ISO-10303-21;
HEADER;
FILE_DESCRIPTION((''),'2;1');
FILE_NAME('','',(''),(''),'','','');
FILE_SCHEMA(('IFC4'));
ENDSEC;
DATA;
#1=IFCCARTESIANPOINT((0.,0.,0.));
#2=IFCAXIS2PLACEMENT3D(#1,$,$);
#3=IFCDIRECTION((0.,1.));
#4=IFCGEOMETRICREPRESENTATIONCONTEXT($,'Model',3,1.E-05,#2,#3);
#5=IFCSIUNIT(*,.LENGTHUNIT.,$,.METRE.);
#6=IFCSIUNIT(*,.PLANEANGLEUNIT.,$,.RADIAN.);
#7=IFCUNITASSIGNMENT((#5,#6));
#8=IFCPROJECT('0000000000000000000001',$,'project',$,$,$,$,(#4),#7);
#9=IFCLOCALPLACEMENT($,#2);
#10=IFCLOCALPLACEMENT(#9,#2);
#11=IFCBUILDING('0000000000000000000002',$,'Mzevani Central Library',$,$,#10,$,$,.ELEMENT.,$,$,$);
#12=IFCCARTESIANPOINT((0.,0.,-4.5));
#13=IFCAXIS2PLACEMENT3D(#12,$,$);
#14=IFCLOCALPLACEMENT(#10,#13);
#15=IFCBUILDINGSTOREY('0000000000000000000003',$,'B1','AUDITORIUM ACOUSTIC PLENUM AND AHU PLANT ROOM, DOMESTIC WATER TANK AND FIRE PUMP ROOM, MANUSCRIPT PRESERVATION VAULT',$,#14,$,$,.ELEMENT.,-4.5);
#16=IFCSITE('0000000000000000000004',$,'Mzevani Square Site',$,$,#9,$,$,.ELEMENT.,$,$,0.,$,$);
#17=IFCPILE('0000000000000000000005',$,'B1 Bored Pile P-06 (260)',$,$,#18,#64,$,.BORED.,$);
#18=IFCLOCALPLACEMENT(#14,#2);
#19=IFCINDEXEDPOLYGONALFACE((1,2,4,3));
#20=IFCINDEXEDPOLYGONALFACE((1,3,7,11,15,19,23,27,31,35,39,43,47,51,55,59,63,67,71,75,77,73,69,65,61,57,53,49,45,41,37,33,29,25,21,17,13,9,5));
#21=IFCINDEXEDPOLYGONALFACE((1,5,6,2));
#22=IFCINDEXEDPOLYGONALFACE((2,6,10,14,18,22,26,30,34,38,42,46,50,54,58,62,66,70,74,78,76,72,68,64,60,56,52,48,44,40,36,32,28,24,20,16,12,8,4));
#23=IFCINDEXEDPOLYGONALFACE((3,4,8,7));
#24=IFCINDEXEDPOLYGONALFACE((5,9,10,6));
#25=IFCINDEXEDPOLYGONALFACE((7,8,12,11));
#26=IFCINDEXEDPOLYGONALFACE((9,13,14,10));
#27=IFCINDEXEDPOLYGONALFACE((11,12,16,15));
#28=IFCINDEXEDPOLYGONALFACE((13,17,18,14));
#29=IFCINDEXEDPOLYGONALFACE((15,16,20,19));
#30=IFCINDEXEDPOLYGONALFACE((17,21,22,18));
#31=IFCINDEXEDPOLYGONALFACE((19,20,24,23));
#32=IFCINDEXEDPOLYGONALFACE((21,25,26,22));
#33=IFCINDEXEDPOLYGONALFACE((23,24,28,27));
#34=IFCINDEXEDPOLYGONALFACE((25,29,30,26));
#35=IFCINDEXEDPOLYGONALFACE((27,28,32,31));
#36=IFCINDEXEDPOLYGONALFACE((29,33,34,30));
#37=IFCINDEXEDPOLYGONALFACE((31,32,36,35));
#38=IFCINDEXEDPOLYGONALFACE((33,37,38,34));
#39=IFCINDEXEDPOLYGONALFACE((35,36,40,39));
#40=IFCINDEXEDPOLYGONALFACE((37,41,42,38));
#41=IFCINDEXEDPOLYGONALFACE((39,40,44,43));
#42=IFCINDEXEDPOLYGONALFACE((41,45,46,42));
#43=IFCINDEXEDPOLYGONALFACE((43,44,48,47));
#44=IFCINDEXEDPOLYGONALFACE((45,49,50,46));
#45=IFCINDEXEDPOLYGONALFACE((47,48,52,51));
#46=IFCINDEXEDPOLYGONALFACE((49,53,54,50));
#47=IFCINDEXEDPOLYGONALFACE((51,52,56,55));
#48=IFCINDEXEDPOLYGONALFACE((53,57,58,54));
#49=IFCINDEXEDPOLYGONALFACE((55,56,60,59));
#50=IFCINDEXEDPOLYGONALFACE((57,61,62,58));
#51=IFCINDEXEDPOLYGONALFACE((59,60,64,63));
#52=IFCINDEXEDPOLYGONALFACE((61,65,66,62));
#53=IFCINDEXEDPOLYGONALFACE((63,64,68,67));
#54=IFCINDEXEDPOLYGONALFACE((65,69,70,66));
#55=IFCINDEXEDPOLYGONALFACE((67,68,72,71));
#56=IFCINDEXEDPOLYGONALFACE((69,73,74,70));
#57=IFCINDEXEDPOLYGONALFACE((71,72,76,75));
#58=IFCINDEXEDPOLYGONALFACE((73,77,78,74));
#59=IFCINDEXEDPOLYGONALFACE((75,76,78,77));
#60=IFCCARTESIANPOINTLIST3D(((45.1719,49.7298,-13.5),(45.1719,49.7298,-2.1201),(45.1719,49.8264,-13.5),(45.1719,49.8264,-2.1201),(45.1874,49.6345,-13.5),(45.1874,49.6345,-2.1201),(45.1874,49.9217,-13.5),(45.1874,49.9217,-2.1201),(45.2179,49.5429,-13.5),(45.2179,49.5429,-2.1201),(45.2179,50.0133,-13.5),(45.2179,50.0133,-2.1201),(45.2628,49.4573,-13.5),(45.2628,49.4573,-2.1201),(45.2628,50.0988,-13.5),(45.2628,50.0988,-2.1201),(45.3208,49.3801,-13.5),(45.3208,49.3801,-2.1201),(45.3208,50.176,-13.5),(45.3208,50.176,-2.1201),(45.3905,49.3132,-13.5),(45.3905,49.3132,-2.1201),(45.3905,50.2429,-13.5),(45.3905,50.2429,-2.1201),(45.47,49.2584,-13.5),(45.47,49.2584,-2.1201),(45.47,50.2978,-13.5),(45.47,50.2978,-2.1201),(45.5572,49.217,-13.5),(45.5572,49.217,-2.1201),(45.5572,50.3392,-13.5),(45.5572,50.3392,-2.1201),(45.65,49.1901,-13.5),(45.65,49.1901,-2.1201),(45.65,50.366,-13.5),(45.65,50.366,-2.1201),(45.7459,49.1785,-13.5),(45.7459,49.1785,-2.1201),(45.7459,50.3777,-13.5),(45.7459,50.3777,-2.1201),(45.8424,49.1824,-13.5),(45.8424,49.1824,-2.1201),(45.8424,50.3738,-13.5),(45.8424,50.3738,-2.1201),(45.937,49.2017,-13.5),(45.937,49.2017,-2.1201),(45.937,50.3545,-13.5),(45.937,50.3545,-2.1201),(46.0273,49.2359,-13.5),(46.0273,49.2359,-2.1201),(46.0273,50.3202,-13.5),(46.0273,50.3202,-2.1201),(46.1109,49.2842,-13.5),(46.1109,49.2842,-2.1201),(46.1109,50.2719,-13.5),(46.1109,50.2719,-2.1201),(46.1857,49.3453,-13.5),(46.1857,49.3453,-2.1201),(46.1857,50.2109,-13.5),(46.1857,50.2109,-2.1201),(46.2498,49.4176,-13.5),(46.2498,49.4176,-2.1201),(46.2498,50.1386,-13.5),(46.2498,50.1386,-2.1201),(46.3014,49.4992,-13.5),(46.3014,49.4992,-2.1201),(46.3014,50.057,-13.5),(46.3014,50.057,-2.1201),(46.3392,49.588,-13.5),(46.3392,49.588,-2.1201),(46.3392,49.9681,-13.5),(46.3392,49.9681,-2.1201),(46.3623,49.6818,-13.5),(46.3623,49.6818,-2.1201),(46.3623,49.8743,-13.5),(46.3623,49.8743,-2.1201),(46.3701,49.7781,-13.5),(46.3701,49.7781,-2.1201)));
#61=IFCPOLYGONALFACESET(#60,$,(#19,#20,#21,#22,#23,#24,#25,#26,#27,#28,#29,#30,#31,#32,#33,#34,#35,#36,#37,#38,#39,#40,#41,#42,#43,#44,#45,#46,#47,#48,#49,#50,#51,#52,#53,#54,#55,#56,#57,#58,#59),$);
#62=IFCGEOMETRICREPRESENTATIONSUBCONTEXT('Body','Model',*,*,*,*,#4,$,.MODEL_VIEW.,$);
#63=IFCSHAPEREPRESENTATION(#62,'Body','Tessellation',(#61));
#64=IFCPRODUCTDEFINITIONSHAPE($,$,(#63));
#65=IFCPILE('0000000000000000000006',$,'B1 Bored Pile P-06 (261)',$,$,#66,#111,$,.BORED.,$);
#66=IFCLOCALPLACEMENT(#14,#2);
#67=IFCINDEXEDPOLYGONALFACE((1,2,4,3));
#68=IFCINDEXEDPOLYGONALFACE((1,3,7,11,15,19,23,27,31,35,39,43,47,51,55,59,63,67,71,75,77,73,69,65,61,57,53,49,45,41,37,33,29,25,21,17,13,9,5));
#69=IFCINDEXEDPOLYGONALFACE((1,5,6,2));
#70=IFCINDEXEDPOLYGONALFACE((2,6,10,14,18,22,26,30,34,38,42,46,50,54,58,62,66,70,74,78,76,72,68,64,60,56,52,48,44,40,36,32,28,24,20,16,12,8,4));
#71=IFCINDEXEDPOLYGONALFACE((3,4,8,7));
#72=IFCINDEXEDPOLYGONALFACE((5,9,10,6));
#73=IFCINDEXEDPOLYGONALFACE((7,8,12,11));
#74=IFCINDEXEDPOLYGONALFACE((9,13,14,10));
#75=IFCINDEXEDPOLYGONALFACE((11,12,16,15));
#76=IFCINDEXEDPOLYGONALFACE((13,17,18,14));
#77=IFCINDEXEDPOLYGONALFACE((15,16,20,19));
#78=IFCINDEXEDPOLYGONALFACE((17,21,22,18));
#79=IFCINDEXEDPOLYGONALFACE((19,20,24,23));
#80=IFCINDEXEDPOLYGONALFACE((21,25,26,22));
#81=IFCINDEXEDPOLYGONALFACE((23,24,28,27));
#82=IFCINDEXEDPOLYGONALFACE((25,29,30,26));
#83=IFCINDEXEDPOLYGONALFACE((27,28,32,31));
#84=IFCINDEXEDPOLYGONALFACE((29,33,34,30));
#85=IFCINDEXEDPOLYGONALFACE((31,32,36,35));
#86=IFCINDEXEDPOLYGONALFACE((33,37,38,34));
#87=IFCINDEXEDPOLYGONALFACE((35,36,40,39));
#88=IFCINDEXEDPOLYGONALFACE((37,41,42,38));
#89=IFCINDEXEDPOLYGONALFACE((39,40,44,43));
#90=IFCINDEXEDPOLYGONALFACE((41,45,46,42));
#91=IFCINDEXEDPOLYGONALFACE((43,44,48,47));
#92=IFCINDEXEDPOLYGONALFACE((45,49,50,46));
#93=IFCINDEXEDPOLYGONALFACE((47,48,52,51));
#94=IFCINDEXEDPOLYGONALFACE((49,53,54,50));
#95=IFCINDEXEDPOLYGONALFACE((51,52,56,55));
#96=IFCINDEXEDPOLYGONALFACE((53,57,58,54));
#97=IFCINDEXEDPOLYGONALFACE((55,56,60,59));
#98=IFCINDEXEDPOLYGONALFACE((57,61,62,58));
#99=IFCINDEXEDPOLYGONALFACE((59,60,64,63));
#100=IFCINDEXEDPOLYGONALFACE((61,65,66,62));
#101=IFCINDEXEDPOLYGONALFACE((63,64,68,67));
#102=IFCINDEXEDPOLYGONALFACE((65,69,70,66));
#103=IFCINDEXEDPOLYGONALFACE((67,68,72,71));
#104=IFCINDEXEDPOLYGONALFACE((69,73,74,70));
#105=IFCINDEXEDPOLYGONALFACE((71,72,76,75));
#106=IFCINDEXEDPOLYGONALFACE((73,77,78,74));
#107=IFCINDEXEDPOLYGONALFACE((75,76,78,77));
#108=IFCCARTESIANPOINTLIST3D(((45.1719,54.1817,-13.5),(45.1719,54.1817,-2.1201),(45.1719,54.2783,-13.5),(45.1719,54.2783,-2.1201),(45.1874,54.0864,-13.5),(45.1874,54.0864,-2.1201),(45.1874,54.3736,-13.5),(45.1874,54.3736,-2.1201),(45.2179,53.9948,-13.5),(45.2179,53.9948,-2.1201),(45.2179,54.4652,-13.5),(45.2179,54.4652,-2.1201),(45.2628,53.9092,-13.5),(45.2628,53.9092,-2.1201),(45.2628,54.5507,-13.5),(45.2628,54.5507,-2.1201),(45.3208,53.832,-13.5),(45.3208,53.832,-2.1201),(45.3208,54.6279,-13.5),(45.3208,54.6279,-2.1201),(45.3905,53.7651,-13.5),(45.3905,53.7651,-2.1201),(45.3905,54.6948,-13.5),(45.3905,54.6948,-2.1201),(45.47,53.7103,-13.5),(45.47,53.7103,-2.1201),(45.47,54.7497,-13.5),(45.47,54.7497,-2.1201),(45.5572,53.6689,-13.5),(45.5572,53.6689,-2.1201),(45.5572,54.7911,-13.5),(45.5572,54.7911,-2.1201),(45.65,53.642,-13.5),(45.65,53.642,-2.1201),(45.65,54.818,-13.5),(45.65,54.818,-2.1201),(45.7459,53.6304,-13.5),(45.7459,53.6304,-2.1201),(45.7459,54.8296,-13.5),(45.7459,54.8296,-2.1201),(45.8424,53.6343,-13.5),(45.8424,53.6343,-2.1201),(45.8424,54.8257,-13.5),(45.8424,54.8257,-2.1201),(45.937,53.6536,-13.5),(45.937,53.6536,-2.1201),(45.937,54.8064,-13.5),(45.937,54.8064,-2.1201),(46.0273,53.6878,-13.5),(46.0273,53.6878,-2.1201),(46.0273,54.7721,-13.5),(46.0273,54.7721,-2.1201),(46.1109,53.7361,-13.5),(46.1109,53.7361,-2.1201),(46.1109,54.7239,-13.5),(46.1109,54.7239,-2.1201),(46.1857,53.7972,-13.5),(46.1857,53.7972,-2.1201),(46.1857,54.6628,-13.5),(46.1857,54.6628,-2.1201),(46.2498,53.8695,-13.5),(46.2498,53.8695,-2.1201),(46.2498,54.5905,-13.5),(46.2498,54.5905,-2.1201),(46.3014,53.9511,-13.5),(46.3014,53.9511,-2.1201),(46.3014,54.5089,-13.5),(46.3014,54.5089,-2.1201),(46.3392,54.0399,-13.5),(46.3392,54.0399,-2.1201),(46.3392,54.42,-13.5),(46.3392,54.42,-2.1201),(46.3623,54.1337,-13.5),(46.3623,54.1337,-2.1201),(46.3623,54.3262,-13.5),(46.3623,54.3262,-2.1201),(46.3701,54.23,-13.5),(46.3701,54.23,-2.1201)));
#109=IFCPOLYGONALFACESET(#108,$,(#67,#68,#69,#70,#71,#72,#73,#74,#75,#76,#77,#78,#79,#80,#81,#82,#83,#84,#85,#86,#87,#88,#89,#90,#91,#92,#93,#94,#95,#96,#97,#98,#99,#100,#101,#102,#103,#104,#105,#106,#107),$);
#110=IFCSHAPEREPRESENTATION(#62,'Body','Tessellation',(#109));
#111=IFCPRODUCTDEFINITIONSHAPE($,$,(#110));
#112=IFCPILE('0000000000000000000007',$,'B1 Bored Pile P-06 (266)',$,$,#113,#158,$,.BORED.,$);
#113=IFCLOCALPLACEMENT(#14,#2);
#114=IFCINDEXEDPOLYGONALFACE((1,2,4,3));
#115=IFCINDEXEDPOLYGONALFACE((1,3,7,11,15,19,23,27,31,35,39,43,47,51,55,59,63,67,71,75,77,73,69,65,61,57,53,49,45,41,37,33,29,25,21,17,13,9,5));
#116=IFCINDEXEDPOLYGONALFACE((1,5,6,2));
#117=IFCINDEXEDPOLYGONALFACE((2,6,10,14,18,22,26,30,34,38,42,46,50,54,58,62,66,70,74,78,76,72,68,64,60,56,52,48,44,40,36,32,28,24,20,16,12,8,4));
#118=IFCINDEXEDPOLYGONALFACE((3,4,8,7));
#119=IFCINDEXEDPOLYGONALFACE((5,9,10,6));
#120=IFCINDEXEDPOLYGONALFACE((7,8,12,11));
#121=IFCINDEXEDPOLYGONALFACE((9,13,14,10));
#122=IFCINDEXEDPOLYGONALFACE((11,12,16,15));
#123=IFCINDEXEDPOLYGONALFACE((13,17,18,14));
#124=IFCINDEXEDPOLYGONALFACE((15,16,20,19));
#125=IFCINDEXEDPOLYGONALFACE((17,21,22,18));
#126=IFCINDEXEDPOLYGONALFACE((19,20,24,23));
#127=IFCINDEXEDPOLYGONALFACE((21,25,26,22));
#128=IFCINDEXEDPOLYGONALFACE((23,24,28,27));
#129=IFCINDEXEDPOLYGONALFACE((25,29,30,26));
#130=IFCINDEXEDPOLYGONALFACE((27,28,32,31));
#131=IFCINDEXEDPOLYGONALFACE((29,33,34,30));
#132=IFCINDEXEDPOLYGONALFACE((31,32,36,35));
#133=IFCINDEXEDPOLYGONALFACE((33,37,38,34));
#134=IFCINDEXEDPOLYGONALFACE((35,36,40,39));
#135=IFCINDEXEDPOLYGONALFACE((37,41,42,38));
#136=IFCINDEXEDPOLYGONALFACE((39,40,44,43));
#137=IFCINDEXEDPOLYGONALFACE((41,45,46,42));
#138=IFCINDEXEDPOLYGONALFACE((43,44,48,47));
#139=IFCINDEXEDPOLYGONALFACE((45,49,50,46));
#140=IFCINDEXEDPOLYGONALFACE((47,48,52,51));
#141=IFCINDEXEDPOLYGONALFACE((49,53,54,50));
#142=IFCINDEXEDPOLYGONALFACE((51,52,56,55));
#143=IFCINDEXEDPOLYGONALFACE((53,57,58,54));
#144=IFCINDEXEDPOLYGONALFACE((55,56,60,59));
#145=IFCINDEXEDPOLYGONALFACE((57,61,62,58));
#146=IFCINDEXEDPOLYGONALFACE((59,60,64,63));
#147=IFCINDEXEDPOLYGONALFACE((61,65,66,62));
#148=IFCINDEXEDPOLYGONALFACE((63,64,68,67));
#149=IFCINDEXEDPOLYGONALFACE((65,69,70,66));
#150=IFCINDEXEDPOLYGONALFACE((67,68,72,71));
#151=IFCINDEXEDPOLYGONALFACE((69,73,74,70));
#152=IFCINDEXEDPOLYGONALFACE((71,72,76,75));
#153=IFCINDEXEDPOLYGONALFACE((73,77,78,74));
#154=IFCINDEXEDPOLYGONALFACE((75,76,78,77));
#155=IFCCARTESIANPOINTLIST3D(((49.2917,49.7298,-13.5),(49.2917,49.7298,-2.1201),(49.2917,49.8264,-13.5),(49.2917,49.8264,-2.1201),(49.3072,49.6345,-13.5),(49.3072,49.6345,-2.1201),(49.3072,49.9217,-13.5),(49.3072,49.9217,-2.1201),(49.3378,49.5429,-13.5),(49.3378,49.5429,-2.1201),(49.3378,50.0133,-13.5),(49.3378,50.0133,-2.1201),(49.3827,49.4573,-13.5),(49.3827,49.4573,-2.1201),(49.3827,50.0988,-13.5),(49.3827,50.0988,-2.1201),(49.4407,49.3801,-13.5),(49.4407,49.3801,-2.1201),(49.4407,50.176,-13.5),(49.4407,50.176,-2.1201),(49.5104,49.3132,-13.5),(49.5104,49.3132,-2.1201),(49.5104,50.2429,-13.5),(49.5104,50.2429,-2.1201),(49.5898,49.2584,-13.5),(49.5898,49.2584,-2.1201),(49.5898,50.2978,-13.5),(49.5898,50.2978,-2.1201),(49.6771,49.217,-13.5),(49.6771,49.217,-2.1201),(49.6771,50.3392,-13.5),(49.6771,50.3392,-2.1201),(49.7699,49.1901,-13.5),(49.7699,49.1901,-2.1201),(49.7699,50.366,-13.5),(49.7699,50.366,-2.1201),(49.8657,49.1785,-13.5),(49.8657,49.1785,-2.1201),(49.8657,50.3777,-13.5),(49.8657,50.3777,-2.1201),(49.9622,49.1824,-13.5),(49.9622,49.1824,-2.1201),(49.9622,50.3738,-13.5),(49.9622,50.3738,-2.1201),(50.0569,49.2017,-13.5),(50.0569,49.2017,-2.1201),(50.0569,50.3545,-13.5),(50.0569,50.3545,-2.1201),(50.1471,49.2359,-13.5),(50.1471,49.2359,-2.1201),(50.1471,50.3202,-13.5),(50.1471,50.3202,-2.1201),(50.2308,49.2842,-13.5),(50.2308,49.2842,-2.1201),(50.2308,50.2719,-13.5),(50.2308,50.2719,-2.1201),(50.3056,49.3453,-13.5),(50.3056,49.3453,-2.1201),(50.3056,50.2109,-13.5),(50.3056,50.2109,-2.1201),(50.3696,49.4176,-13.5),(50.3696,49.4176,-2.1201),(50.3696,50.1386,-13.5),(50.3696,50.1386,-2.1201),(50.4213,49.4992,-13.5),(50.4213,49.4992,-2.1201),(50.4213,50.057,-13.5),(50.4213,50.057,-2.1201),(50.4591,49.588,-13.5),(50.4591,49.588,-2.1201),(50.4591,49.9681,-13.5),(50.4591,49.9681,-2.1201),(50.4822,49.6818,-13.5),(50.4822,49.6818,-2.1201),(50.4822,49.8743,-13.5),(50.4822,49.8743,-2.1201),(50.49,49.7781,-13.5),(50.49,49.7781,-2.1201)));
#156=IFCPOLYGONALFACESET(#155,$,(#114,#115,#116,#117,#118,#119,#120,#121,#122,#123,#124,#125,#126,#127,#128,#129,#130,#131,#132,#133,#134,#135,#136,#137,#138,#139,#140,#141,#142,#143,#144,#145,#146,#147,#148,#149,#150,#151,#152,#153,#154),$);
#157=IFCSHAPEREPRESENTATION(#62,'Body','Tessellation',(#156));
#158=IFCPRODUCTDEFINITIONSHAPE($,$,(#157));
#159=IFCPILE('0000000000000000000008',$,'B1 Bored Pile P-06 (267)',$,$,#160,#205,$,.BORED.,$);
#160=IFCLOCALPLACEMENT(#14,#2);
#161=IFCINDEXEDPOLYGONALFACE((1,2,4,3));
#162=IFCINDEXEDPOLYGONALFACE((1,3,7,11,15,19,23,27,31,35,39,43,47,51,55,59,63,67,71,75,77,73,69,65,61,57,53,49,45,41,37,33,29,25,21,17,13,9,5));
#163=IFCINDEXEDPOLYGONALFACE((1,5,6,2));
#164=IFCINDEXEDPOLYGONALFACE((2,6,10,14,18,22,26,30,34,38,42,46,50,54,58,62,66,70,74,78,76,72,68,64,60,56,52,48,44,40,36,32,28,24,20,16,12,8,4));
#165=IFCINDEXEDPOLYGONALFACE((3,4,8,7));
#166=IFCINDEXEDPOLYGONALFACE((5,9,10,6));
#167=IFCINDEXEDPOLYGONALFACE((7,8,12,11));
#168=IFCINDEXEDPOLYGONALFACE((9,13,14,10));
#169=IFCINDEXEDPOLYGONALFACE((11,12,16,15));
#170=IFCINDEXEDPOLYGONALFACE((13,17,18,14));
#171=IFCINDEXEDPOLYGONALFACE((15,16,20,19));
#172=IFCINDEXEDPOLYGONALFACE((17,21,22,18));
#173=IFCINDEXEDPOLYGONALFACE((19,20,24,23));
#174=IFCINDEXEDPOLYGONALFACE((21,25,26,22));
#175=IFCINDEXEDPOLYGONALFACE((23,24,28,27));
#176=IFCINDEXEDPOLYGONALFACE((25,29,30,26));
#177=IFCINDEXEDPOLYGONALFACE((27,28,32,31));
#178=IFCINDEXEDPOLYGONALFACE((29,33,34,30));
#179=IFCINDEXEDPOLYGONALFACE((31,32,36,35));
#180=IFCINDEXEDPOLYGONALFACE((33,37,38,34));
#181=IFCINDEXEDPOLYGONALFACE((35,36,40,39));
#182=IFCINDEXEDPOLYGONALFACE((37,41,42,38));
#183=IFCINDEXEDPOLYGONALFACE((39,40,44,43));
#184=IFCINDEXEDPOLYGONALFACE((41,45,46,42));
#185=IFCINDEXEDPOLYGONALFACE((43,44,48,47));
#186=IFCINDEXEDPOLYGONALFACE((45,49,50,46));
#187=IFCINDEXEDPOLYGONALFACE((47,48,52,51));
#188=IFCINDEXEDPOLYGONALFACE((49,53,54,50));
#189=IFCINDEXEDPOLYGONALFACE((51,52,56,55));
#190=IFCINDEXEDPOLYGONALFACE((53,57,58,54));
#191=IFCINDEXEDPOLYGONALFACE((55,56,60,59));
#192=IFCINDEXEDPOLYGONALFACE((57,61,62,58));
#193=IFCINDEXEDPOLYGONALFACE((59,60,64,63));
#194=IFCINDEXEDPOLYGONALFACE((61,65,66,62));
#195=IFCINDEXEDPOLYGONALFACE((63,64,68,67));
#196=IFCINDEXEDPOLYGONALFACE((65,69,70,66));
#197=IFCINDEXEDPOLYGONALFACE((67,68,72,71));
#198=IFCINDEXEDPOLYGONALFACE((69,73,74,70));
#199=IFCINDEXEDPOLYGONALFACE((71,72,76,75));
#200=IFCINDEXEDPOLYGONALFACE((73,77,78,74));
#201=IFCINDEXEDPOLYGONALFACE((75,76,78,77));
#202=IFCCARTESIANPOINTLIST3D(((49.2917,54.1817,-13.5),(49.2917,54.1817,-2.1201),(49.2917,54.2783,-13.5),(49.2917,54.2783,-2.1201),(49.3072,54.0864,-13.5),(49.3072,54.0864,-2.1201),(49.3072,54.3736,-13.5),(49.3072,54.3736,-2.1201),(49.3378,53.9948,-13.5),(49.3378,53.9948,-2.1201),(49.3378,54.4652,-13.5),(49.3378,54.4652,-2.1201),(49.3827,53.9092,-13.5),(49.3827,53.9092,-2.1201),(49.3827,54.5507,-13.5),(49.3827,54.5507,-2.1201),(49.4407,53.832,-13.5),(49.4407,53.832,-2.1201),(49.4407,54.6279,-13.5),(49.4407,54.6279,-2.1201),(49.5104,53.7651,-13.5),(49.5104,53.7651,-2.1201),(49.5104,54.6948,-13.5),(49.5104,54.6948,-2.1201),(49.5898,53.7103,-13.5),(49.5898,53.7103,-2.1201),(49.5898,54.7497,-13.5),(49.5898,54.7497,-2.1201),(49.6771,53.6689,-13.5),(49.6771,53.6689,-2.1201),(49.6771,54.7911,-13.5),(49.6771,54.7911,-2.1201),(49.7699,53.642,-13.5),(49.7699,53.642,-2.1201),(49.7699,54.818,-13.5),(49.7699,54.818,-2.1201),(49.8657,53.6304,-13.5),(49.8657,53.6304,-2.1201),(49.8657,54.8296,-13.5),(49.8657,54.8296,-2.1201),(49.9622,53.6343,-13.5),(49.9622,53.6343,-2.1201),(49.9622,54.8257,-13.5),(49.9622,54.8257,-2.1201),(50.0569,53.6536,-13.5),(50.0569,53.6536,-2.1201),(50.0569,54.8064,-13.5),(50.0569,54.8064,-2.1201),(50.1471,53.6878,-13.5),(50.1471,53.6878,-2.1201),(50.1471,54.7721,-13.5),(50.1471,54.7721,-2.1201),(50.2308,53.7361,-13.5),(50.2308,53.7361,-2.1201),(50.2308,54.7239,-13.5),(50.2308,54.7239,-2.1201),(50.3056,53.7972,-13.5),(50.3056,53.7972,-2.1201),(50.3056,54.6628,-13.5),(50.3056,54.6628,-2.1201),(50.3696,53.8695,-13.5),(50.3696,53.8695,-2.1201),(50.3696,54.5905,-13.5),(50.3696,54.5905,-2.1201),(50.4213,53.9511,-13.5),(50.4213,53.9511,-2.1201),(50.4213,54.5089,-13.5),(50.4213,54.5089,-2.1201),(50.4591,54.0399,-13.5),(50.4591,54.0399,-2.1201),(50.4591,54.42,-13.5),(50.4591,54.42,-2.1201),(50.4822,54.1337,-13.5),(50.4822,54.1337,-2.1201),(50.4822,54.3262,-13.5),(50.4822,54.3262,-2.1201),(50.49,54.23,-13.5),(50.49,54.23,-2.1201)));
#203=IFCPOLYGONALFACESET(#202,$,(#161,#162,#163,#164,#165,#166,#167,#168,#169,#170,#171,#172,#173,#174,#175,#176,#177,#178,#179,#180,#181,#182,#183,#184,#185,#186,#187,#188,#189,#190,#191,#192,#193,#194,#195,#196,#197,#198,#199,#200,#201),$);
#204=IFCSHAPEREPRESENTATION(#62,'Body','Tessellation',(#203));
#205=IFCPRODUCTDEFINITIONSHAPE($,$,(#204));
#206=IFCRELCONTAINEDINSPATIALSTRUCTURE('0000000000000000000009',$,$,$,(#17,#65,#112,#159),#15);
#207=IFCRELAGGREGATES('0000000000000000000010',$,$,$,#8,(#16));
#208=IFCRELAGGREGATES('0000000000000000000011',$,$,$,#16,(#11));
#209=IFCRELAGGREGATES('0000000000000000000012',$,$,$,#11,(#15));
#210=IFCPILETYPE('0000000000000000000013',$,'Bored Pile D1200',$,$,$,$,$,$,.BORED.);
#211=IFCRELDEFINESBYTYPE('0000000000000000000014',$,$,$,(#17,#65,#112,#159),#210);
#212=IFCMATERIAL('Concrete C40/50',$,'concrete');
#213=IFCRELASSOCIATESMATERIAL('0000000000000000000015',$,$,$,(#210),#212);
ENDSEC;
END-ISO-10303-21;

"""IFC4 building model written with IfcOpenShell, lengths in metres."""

from ifc_helpers import new_model, si_unit, direction, frame, origin, origin_2d, place, context, subcontext, project, spatial, circle, extrude, material, material_profile, profile_set, type_object, element, save


model = new_model("IFC4")

# Units and contexts
model_context = context("Model", 3, precision=1e-05, world=origin(), true_north=direction((0.0, 1.0)))
body_context = subcontext(model_context, "Body", "Model", "MODEL_VIEW")
ifc_project = project(units=[si_unit("LENGTHUNIT", "METRE"), si_unit("PLANEANGLEUNIT", "RADIAN")], contexts=[model_context])

# Site, building, storey
site_placement = place(None, origin())
site = spatial("IfcSite", under=ifc_project, at=site_placement, Name="Mzevani Square Site", CompositionType="ELEMENT", RefElevation=0.0)
building_placement = place(site_placement, origin())
building = spatial("IfcBuilding", under=site, at=building_placement, Name="Mzevani Central Library", CompositionType="ELEMENT")
storey_placement = place(building_placement, frame((0.0, 0.0, -4.5)))
storey = spatial("IfcBuildingStorey", under=building, at=storey_placement, Name="B1", Description="AUDITORIUM ACOUSTIC PLENUM AND AHU PLANT ROOM, DOMESTIC WATER TANK AND FIRE PUMP ROOM, MANUSCRIPT PRESERVATION VAULT", CompositionType="ELEMENT", Elevation=-4.5)

# Piles
ifc_material_1 = material(Name="Concrete C40/50", Category="concrete")
ifc_material_profile_1 = material_profile(ifc_material_1, circle(Radius=0.6001, at=origin_2d()), Name="PILE D1200")
ifc_profile_set_1 = profile_set([ifc_material_profile_1], Name="Concrete C40/50")
pile_type = type_object("IfcPileType", Name="Bored Pile D1200", PredefinedType="BORED", material=ifc_profile_set_1)
for number, where, z_axis, x_axis, name in (
    (1, (45.77, 49.7781, -2.1201), (0.0, 0.0, -1.0), (1.0, 0.0, 0.0), "B1 Bored Pile P-06 (260)"),
    (2, (45.77, 54.23, -2.1201), (0.0, 0.0, -1.0), (1.0, 0.0, 0.0), "B1 Bored Pile P-06 (261)"),
    (3, (49.8899, 49.7781, -2.1201), (0.0, 0.0, -1.0), (1.0, 0.0, 0.0), "B1 Bored Pile P-06 (266)"),
    (4, (49.8899, 54.23, -2.1201), (0.0, 0.0, -1.0), (1.0, 0.0, 0.0), "B1 Bored Pile P-06 (267)"),
):
    element("IfcPile", number, at=place(storey_placement, frame(where, z_axis=z_axis, x_axis=x_axis)), inside=storey, type_object=pile_type, Name=name, PredefinedType="BORED", context=body_context, shape_type="SweptSolid", body=[
        extrude(circle(Radius=0.6001, at=origin_2d()), origin(), (0.0, 0.0, 1.0), 11.3799),
    ])

save(model, "model.ifc")
